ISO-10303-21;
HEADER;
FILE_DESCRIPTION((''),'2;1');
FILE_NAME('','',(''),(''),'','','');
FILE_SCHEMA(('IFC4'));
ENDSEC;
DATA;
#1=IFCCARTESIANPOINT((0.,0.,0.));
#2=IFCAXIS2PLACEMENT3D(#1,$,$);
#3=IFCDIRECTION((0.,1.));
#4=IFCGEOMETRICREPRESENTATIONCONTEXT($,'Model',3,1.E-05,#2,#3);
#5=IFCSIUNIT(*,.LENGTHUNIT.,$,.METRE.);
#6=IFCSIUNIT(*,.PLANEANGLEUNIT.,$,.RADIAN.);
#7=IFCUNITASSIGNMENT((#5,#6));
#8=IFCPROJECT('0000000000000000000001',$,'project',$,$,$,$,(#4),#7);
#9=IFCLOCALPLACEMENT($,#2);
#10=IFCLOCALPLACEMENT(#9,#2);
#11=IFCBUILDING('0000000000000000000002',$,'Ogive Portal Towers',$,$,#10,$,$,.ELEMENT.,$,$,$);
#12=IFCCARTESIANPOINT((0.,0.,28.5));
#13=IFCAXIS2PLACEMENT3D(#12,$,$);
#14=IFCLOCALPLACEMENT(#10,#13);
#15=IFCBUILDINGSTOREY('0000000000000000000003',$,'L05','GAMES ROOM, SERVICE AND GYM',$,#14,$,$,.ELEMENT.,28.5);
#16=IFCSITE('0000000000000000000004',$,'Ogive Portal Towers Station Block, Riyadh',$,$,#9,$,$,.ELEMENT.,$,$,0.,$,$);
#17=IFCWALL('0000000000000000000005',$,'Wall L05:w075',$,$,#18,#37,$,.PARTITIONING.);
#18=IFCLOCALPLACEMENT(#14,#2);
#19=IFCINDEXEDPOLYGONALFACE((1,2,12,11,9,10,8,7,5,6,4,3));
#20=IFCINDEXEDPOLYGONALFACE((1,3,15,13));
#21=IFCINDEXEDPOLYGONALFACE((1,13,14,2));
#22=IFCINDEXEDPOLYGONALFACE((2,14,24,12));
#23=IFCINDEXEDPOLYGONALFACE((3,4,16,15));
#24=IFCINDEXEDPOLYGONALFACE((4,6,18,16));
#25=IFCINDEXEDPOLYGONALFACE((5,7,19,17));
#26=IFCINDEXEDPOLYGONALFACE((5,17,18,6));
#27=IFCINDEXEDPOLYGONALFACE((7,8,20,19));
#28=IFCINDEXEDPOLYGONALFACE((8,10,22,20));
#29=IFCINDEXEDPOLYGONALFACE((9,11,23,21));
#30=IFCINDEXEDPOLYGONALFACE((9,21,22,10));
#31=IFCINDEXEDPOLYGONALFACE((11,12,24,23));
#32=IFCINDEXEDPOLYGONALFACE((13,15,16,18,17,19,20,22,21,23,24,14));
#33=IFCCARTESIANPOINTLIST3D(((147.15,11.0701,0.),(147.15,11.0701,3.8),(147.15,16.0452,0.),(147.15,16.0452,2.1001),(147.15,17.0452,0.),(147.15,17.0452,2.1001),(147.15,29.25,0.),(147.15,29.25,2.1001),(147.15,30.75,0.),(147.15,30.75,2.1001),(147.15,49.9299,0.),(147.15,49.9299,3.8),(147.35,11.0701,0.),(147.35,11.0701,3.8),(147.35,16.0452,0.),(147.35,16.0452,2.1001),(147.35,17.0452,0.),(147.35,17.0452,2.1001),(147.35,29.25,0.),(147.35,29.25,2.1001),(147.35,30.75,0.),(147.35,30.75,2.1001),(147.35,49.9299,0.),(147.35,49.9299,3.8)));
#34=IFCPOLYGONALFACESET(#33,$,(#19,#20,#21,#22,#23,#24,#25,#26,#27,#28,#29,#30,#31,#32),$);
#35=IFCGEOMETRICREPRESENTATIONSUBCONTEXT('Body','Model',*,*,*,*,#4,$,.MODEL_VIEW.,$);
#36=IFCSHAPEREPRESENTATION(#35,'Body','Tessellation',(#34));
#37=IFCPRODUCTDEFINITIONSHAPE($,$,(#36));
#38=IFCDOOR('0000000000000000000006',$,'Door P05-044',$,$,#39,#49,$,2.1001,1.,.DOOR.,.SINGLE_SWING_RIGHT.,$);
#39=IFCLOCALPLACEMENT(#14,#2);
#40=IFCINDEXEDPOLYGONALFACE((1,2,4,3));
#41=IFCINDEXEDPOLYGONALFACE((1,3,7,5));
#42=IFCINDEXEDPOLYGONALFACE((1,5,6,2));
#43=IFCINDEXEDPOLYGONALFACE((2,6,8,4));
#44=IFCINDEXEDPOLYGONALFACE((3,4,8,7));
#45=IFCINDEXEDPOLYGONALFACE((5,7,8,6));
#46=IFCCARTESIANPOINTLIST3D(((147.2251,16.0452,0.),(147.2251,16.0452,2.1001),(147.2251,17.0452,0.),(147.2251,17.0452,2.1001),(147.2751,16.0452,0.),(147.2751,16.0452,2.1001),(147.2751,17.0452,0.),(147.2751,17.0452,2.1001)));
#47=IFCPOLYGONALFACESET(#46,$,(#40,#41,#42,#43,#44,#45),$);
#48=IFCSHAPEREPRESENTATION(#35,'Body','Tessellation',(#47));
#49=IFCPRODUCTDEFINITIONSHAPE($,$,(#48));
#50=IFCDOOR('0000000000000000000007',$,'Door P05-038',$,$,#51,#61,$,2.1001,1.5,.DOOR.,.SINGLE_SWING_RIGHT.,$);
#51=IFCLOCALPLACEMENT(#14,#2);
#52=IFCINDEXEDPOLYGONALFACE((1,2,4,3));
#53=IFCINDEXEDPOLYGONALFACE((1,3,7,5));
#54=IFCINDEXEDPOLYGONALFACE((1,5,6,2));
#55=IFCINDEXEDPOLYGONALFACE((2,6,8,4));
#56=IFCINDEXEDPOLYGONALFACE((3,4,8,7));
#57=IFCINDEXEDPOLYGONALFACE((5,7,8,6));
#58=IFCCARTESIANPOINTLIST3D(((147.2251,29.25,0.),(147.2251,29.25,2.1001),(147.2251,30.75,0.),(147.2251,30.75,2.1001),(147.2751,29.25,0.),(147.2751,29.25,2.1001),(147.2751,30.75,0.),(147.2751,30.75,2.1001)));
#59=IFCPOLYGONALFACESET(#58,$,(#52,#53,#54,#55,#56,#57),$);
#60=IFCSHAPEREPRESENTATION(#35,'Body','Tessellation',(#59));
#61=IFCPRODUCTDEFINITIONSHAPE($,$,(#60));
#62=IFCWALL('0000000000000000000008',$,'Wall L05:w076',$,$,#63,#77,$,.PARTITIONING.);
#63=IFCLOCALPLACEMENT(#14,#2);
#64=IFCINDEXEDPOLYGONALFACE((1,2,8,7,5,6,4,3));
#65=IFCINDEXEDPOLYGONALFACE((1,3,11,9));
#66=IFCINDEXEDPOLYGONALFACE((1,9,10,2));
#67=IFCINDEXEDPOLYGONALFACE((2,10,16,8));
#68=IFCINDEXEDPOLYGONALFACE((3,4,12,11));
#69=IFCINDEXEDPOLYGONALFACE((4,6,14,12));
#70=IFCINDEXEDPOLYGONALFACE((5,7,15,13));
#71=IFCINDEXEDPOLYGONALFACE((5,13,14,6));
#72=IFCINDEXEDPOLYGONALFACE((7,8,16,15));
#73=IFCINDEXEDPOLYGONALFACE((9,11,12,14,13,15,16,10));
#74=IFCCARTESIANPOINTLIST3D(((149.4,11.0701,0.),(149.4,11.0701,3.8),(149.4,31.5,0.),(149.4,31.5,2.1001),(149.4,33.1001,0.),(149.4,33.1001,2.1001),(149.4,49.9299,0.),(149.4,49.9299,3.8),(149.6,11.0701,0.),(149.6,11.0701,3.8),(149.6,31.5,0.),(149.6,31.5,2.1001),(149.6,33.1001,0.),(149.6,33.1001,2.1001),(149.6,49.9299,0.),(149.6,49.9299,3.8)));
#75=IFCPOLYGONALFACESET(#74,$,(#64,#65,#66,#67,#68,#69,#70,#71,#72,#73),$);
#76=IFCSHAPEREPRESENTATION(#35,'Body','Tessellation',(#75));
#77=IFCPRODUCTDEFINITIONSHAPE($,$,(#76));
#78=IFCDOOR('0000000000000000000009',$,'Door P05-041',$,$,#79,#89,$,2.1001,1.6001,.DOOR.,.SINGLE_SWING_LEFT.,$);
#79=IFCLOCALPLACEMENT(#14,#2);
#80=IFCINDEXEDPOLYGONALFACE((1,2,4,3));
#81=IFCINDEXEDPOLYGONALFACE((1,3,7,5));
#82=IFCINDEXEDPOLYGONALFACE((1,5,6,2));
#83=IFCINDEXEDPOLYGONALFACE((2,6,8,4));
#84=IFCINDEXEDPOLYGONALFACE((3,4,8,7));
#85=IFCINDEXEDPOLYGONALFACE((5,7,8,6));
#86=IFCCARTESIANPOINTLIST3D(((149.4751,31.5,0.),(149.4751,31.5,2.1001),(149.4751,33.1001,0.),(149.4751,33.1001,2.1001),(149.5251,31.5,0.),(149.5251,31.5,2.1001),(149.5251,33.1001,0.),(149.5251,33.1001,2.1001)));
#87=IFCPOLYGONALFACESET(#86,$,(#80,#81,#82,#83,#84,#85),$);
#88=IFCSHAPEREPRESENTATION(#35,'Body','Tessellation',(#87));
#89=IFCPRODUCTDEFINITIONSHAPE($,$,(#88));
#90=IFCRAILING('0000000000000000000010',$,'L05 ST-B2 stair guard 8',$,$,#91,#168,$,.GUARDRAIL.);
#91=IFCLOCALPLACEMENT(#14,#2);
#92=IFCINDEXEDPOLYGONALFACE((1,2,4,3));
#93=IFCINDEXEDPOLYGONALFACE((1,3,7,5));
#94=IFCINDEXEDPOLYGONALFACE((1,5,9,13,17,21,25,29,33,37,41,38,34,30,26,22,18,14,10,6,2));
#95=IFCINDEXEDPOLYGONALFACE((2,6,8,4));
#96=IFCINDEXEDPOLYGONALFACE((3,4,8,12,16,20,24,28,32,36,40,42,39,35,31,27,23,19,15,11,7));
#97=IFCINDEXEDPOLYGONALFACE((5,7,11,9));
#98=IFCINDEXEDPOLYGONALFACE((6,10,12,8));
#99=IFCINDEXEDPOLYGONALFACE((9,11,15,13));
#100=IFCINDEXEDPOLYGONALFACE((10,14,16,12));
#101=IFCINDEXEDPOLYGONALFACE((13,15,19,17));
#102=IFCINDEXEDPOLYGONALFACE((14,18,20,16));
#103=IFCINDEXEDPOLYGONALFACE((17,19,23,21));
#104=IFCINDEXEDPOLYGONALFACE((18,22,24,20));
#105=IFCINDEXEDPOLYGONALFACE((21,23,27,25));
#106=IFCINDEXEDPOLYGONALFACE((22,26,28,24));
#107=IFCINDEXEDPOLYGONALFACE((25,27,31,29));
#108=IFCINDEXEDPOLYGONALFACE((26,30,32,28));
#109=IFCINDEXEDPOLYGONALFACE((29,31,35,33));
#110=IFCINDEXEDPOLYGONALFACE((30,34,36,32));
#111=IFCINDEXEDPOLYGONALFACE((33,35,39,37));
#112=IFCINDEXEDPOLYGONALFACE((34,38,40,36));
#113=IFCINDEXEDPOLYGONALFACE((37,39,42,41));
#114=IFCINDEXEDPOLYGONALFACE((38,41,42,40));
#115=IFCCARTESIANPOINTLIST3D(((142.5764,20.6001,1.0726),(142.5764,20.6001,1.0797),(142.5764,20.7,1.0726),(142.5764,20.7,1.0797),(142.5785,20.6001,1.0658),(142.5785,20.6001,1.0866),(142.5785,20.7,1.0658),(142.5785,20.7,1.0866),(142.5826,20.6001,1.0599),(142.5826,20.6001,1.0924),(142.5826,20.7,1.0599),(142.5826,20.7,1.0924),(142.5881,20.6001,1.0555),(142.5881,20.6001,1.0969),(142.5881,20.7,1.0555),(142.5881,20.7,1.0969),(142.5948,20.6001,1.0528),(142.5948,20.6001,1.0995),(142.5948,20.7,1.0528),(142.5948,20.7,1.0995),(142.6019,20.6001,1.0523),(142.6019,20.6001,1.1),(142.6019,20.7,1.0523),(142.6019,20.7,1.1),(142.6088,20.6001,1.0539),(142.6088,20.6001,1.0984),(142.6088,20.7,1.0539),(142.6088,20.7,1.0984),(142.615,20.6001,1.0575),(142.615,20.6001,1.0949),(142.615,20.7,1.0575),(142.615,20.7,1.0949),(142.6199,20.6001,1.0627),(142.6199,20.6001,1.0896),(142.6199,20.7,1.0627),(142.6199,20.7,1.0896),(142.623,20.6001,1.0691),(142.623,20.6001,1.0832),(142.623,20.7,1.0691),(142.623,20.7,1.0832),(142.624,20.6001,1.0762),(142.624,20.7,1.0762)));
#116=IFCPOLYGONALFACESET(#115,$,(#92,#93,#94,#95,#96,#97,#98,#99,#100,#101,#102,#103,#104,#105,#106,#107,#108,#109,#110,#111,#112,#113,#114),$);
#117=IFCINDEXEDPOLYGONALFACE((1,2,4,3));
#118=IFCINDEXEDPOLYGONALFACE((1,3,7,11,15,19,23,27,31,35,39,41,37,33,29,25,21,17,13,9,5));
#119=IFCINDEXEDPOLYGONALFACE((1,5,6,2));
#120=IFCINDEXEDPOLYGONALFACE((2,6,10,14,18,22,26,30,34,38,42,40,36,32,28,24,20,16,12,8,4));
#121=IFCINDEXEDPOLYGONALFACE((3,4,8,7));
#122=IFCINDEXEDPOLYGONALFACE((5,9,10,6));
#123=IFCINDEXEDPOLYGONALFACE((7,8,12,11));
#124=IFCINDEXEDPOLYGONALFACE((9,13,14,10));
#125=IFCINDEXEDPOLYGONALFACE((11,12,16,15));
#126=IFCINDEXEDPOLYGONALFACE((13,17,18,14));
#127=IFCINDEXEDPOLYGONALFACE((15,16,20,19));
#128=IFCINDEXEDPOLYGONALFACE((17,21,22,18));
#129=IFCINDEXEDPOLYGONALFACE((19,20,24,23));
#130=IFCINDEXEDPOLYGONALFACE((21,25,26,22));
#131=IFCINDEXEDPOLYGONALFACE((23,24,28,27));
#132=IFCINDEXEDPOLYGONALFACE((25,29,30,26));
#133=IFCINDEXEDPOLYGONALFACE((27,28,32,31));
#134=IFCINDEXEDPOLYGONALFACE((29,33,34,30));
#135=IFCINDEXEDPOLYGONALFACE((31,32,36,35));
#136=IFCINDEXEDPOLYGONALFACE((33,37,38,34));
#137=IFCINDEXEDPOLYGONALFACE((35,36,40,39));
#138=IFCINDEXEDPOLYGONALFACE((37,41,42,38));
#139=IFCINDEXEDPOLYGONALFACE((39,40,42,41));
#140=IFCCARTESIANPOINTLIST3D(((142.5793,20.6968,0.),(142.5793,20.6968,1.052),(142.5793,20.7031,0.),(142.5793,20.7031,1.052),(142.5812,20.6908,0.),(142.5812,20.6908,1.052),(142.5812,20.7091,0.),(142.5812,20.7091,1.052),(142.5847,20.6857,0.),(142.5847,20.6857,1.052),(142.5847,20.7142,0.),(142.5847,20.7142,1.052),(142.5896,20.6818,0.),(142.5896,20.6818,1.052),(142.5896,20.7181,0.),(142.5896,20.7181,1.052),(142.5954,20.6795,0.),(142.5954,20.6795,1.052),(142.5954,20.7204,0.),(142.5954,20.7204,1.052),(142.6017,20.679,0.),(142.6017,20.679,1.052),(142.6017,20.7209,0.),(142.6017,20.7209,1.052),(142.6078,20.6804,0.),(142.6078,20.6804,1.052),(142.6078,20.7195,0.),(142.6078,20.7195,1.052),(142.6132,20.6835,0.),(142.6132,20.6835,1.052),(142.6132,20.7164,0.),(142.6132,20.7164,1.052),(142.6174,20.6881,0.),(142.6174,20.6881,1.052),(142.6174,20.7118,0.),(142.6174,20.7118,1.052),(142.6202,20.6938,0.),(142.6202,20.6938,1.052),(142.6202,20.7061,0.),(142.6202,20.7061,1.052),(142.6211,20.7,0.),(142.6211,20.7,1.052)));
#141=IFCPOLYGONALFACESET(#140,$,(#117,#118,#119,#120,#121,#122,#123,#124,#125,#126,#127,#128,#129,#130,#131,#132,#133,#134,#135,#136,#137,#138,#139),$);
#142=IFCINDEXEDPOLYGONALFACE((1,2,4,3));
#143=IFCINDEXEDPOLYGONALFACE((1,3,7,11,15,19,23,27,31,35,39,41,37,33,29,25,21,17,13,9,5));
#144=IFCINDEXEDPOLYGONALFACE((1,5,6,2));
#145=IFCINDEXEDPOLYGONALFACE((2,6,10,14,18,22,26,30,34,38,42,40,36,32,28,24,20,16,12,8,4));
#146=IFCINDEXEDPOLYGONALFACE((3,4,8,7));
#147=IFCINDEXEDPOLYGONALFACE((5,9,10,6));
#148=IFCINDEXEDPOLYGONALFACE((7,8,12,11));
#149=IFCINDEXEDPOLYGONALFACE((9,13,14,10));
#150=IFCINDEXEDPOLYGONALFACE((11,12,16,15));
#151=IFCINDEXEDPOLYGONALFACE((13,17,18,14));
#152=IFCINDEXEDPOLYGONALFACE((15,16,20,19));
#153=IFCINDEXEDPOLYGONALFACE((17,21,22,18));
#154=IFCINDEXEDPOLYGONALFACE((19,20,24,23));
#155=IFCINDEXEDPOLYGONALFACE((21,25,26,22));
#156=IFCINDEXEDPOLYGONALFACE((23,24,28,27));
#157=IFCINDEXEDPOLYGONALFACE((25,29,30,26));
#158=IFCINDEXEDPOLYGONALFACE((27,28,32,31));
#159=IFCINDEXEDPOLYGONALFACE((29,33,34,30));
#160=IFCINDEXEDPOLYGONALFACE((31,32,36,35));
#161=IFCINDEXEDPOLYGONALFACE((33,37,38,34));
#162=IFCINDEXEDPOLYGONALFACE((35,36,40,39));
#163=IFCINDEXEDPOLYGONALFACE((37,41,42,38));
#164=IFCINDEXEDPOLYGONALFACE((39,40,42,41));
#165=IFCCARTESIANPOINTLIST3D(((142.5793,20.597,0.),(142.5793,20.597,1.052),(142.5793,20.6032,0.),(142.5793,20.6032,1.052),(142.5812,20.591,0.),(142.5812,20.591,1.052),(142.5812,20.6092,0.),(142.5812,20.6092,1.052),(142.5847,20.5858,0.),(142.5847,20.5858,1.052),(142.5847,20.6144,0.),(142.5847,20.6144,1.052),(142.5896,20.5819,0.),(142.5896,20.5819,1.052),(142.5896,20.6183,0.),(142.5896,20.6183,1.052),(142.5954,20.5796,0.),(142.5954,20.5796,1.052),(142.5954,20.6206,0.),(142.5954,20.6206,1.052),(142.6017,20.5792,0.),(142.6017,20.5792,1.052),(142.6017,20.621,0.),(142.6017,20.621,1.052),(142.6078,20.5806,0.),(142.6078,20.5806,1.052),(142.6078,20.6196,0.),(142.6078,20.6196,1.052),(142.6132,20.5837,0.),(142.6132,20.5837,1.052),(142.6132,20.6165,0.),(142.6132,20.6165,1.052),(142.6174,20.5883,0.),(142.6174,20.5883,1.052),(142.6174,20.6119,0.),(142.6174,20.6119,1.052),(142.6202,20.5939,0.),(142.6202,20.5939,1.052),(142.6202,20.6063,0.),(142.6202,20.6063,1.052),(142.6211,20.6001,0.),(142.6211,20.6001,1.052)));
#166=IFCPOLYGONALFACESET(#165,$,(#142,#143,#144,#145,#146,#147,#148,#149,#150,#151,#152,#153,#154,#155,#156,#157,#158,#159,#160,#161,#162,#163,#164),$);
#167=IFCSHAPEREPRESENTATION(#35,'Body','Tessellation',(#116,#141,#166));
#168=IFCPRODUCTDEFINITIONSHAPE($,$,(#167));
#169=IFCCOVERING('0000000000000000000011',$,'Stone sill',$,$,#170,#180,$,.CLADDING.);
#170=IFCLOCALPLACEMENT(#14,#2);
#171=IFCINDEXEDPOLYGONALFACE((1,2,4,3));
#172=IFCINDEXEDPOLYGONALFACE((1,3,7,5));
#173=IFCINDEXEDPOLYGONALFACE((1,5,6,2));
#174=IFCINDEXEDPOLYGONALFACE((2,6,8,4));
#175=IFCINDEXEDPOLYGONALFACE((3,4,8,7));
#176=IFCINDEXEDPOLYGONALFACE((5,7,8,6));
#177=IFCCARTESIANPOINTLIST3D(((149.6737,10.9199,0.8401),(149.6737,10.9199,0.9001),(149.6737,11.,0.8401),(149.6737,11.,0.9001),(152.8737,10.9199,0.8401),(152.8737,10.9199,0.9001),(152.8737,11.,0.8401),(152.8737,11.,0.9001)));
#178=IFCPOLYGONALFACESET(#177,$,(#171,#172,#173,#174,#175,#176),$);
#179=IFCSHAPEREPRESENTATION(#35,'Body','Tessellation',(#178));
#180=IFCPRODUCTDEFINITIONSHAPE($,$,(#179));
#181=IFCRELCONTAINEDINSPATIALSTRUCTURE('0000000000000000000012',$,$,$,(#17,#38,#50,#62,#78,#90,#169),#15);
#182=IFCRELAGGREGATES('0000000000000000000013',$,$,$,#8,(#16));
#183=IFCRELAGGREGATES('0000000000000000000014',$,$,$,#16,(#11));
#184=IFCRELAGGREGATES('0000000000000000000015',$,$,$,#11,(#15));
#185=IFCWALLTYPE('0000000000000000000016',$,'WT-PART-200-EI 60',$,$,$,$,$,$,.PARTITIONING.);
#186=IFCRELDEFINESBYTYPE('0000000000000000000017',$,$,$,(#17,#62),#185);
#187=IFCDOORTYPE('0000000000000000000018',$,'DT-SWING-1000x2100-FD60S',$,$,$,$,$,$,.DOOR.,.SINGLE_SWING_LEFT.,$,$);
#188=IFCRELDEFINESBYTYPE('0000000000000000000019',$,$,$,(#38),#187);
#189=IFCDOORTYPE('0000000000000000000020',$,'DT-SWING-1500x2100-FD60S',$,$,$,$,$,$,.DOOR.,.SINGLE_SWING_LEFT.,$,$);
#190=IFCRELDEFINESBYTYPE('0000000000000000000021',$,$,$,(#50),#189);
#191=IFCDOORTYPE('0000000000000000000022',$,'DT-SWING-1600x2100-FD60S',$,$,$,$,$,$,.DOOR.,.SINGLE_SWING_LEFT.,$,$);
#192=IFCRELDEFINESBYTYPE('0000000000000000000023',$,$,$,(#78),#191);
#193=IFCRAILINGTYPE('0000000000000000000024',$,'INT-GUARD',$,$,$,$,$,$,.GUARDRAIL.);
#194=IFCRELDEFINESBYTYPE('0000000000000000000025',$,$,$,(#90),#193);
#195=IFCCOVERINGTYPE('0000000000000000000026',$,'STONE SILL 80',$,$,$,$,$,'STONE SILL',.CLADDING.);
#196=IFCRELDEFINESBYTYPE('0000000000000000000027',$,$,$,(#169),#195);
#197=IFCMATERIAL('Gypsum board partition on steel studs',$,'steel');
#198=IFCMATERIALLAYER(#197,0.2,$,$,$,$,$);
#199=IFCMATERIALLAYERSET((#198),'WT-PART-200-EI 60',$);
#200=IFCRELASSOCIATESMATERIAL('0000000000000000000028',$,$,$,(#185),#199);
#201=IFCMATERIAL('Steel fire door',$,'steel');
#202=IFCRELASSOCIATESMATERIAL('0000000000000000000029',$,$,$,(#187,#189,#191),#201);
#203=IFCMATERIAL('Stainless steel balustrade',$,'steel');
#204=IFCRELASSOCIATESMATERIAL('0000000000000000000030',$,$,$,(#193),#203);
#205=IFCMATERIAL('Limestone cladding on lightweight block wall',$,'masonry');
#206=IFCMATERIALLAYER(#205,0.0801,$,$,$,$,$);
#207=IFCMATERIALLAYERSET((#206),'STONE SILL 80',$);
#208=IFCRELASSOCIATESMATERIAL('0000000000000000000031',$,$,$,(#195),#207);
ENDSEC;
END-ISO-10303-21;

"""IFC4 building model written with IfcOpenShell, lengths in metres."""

from ifc_helpers import new_model, si_unit, direction, frame, frame_2d, origin, origin_2d, place, context, subcontext, project, spatial, rectangle, circle, extrude, material, layer, layer_set, type_object, element, fill, save


model = new_model("IFC4")

# Units and contexts
model_context = context("Model", 3, precision=1e-05, world=origin(), true_north=direction((0.0, 1.0)))
body_context = subcontext(model_context, "Body", "Model", "MODEL_VIEW")
ifc_project = project(units=[si_unit("LENGTHUNIT", "METRE"), si_unit("PLANEANGLEUNIT", "RADIAN")], contexts=[model_context])

# Site, building, storey
site_placement = place(None, origin())
site = spatial("IfcSite", under=ifc_project, at=site_placement, Name="Ogive Portal Towers Station Block, Riyadh", CompositionType="ELEMENT", RefElevation=0.0)
building_placement = place(site_placement, origin())
building = spatial("IfcBuilding", under=site, at=building_placement, Name="Ogive Portal Towers", CompositionType="ELEMENT")
storey_placement = place(building_placement, frame((0.0, 0.0, 28.5)))
storey = spatial("IfcBuildingStorey", under=building, at=storey_placement, Name="L05", Description="GAMES ROOM, SERVICE AND GYM", CompositionType="ELEMENT", Elevation=28.5)

# Shared definitions
ifc_material_1 = material(Name="Limestone cladding on lightweight block wall", Category="masonry")

# Wall, openings, doors
ifc_material_2 = material(Name="Gypsum board partition on steel studs", Category="steel")
ifc_layer_1 = layer(ifc_material_2, 0.2)
ifc_layer_set_1 = layer_set([ifc_layer_1], Name="WT-PART-200-EI 60")
wall_type_1 = type_object("IfcWallType", Name="WT-PART-200-EI 60", PredefinedType="PARTITIONING", material=ifc_layer_set_1)
wall_1_placement = place(storey_placement, frame((147.25, 11.0701, 0.0), z_axis=(0.0, 0.0, 1.0), x_axis=(0.0, 1.0, 0.0)))
wall_1 = element("IfcWall", 1, at=wall_1_placement, inside=storey, type_object=wall_type_1, Name="Wall L05:w075", PredefinedType="PARTITIONING", context=body_context, shape_type="SweptSolid", body=[
    extrude(rectangle(XDim=38.8599, YDim=0.2, at=frame_2d((19.4299, 0.0))), origin(), (0.0, 0.0, 1.0), 3.8),
])
opening_1_placement = place(wall_1_placement, frame((18.1799, 0.0, 0.0)))
opening_1 = element("IfcOpeningElement", 2, at=opening_1_placement, cuts=wall_1, PredefinedType="OPENING", context=body_context, shape_type="SweptSolid", body=[
    extrude(rectangle(XDim=1.5, YDim=2.1001, at=frame_2d((0.75, 1.05))), frame((0.0, 0.1099, 0.0), z_axis=(0.0, -1.0, 0.0), x_axis=(1.0, 0.0, 0.0)), (0.0, 0.0, 1.0), 0.22),
])
opening_2_placement = place(wall_1_placement, frame((4.9751, 0.0, 0.0)))
opening_2 = element("IfcOpeningElement", 3, at=opening_2_placement, cuts=wall_1, PredefinedType="OPENING", context=body_context, shape_type="SweptSolid", body=[
    extrude(rectangle(XDim=1.0, YDim=2.1001, at=frame_2d((0.5, 1.05))), frame((0.0, 0.1099, 0.0), z_axis=(0.0, -1.0, 0.0), x_axis=(1.0, 0.0, 0.0)), (0.0, 0.0, 1.0), 0.22),
])
ifc_material_3 = material(Name="Steel fire door", Category="steel")
door_type_1 = type_object("IfcDoorType", Name="DT-SWING-1000x2100-FD60S", OperationType="SINGLE_SWING_LEFT", PredefinedType="DOOR", material=ifc_material_3)
door_1_placement = place(opening_2_placement, origin())
door_1 = element("IfcDoor", 4, at=door_1_placement, inside=storey, type_object=door_type_1, Name="Door P05-044", OperationType="SINGLE_SWING_RIGHT", OverallHeight=2.1001, OverallWidth=1.0, PredefinedType="DOOR", context=body_context, shape_type="SweptSolid", body=[
    extrude(rectangle(XDim=1.0, YDim=2.1001, at=frame_2d((0.5, 1.05))), frame((0.0, 0.0249, 0.0), z_axis=(0.0, -1.0, 0.0), x_axis=(1.0, 0.0, 0.0)), (0.0, 0.0, 1.0), 0.05),
])
fill(opening_2, door_1)
door_type_2 = type_object("IfcDoorType", Name="DT-SWING-1500x2100-FD60S", OperationType="SINGLE_SWING_LEFT", PredefinedType="DOOR", material=ifc_material_3)
door_2_placement = place(opening_1_placement, origin())
door_2 = element("IfcDoor", 5, at=door_2_placement, inside=storey, type_object=door_type_2, Name="Door P05-038", OperationType="SINGLE_SWING_RIGHT", OverallHeight=2.1001, OverallWidth=1.5, PredefinedType="DOOR", context=body_context, shape_type="SweptSolid", body=[
    extrude(rectangle(XDim=1.5, YDim=2.1001, at=frame_2d((0.75, 1.05))), frame((0.0, 0.0249, 0.0), z_axis=(0.0, -1.0, 0.0), x_axis=(1.0, 0.0, 0.0)), (0.0, 0.0, 1.0), 0.05),
])
fill(opening_1, door_2)

# Wall, opening, door
wall_2_placement = place(storey_placement, frame((149.5, 11.0701, 0.0), z_axis=(0.0, 0.0, 1.0), x_axis=(0.0, 1.0, 0.0)))
wall_2 = element("IfcWall", 6, at=wall_2_placement, inside=storey, type_object=wall_type_1, Name="Wall L05:w076", PredefinedType="PARTITIONING", context=body_context, shape_type="SweptSolid", body=[
    extrude(rectangle(XDim=38.8599, YDim=0.2, at=frame_2d((19.4299, 0.0))), origin(), (0.0, 0.0, 1.0), 3.8),
])
opening_3_placement = place(wall_2_placement, frame((20.4299, 0.0, 0.0)))
opening_3 = element("IfcOpeningElement", 7, at=opening_3_placement, cuts=wall_2, PredefinedType="OPENING", context=body_context, shape_type="SweptSolid", body=[
    extrude(rectangle(XDim=1.6001, YDim=2.1001, at=frame_2d((0.8, 1.05))), frame((0.0, 0.1099, 0.0), z_axis=(0.0, -1.0, 0.0), x_axis=(1.0, 0.0, 0.0)), (0.0, 0.0, 1.0), 0.22),
])
door_type_3 = type_object("IfcDoorType", Name="DT-SWING-1600x2100-FD60S", OperationType="SINGLE_SWING_LEFT", PredefinedType="DOOR", material=ifc_material_3)
door_3_placement = place(opening_3_placement, origin())
door_3 = element("IfcDoor", 8, at=door_3_placement, inside=storey, type_object=door_type_3, Name="Door P05-041", OperationType="SINGLE_SWING_LEFT", OverallHeight=2.1001, OverallWidth=1.6001, PredefinedType="DOOR", context=body_context, shape_type="SweptSolid", body=[
    extrude(rectangle(XDim=1.6001, YDim=2.1001, at=frame_2d((0.8, 1.05))), frame((0.0, 0.0249, 0.0), z_axis=(0.0, -1.0, 0.0), x_axis=(1.0, 0.0, 0.0)), (0.0, 0.0, 1.0), 0.05),
])
fill(opening_3, door_3)

# Railing
ifc_material_4 = material(Name="Stainless steel balustrade", Category="steel")
railing_type = type_object("IfcRailingType", Name="INT-GUARD", PredefinedType="GUARDRAIL", material=ifc_material_4)
railing_placement = place(storey_placement, frame((142.6001, 20.7, 0.0)))
element("IfcRailing", 9, at=railing_placement, inside=storey, type_object=railing_type, Name="L05 ST-B2 stair guard 8", PredefinedType="GUARDRAIL", context=body_context, shape_type="SweptSolid", body=[
    extrude(circle(Radius=0.0239, at=origin_2d()), frame((0.0, 0.0, 1.0762), z_axis=(0.0, -1.0, 0.0), x_axis=(1.0, 0.0, 0.0)), (0.0, 0.0, 1.0), 0.0999),
    extrude(circle(Radius=0.021, at=origin_2d()), origin(), (0.0, 0.0, 1.0), 1.052),
    extrude(circle(Radius=0.021, at=origin_2d()), frame((0.0, -0.0999, 0.0)), (0.0, 0.0, 1.0), 1.052),
])

# Covering
ifc_layer_2 = layer(ifc_material_1, 0.0801)
ifc_layer_set_2 = layer_set([ifc_layer_2], Name="STONE SILL 80")
covering_type = type_object("IfcCoveringType", Name="STONE SILL 80", ElementType="STONE SILL", PredefinedType="CLADDING", material=ifc_layer_set_2)
for number, where, z_axis, x_axis, name in (
    (10, (151.2737, 10.96, 0.8401), (0.0, 0.0, 1.0), (1.0, 0.0, 0.0), "Stone sill"),
):
    element("IfcCovering", number, at=place(storey_placement, frame(where, z_axis=z_axis, x_axis=x_axis)), inside=storey, type_object=covering_type, Name=name, PredefinedType="CLADDING", context=body_context, shape_type="SweptSolid", body=[
        extrude(rectangle(XDim=3.2, YDim=0.0801, at=origin_2d()), origin(), (0.0, 0.0, 1.0), 0.0601),
    ])

save(model, "model.ifc")
